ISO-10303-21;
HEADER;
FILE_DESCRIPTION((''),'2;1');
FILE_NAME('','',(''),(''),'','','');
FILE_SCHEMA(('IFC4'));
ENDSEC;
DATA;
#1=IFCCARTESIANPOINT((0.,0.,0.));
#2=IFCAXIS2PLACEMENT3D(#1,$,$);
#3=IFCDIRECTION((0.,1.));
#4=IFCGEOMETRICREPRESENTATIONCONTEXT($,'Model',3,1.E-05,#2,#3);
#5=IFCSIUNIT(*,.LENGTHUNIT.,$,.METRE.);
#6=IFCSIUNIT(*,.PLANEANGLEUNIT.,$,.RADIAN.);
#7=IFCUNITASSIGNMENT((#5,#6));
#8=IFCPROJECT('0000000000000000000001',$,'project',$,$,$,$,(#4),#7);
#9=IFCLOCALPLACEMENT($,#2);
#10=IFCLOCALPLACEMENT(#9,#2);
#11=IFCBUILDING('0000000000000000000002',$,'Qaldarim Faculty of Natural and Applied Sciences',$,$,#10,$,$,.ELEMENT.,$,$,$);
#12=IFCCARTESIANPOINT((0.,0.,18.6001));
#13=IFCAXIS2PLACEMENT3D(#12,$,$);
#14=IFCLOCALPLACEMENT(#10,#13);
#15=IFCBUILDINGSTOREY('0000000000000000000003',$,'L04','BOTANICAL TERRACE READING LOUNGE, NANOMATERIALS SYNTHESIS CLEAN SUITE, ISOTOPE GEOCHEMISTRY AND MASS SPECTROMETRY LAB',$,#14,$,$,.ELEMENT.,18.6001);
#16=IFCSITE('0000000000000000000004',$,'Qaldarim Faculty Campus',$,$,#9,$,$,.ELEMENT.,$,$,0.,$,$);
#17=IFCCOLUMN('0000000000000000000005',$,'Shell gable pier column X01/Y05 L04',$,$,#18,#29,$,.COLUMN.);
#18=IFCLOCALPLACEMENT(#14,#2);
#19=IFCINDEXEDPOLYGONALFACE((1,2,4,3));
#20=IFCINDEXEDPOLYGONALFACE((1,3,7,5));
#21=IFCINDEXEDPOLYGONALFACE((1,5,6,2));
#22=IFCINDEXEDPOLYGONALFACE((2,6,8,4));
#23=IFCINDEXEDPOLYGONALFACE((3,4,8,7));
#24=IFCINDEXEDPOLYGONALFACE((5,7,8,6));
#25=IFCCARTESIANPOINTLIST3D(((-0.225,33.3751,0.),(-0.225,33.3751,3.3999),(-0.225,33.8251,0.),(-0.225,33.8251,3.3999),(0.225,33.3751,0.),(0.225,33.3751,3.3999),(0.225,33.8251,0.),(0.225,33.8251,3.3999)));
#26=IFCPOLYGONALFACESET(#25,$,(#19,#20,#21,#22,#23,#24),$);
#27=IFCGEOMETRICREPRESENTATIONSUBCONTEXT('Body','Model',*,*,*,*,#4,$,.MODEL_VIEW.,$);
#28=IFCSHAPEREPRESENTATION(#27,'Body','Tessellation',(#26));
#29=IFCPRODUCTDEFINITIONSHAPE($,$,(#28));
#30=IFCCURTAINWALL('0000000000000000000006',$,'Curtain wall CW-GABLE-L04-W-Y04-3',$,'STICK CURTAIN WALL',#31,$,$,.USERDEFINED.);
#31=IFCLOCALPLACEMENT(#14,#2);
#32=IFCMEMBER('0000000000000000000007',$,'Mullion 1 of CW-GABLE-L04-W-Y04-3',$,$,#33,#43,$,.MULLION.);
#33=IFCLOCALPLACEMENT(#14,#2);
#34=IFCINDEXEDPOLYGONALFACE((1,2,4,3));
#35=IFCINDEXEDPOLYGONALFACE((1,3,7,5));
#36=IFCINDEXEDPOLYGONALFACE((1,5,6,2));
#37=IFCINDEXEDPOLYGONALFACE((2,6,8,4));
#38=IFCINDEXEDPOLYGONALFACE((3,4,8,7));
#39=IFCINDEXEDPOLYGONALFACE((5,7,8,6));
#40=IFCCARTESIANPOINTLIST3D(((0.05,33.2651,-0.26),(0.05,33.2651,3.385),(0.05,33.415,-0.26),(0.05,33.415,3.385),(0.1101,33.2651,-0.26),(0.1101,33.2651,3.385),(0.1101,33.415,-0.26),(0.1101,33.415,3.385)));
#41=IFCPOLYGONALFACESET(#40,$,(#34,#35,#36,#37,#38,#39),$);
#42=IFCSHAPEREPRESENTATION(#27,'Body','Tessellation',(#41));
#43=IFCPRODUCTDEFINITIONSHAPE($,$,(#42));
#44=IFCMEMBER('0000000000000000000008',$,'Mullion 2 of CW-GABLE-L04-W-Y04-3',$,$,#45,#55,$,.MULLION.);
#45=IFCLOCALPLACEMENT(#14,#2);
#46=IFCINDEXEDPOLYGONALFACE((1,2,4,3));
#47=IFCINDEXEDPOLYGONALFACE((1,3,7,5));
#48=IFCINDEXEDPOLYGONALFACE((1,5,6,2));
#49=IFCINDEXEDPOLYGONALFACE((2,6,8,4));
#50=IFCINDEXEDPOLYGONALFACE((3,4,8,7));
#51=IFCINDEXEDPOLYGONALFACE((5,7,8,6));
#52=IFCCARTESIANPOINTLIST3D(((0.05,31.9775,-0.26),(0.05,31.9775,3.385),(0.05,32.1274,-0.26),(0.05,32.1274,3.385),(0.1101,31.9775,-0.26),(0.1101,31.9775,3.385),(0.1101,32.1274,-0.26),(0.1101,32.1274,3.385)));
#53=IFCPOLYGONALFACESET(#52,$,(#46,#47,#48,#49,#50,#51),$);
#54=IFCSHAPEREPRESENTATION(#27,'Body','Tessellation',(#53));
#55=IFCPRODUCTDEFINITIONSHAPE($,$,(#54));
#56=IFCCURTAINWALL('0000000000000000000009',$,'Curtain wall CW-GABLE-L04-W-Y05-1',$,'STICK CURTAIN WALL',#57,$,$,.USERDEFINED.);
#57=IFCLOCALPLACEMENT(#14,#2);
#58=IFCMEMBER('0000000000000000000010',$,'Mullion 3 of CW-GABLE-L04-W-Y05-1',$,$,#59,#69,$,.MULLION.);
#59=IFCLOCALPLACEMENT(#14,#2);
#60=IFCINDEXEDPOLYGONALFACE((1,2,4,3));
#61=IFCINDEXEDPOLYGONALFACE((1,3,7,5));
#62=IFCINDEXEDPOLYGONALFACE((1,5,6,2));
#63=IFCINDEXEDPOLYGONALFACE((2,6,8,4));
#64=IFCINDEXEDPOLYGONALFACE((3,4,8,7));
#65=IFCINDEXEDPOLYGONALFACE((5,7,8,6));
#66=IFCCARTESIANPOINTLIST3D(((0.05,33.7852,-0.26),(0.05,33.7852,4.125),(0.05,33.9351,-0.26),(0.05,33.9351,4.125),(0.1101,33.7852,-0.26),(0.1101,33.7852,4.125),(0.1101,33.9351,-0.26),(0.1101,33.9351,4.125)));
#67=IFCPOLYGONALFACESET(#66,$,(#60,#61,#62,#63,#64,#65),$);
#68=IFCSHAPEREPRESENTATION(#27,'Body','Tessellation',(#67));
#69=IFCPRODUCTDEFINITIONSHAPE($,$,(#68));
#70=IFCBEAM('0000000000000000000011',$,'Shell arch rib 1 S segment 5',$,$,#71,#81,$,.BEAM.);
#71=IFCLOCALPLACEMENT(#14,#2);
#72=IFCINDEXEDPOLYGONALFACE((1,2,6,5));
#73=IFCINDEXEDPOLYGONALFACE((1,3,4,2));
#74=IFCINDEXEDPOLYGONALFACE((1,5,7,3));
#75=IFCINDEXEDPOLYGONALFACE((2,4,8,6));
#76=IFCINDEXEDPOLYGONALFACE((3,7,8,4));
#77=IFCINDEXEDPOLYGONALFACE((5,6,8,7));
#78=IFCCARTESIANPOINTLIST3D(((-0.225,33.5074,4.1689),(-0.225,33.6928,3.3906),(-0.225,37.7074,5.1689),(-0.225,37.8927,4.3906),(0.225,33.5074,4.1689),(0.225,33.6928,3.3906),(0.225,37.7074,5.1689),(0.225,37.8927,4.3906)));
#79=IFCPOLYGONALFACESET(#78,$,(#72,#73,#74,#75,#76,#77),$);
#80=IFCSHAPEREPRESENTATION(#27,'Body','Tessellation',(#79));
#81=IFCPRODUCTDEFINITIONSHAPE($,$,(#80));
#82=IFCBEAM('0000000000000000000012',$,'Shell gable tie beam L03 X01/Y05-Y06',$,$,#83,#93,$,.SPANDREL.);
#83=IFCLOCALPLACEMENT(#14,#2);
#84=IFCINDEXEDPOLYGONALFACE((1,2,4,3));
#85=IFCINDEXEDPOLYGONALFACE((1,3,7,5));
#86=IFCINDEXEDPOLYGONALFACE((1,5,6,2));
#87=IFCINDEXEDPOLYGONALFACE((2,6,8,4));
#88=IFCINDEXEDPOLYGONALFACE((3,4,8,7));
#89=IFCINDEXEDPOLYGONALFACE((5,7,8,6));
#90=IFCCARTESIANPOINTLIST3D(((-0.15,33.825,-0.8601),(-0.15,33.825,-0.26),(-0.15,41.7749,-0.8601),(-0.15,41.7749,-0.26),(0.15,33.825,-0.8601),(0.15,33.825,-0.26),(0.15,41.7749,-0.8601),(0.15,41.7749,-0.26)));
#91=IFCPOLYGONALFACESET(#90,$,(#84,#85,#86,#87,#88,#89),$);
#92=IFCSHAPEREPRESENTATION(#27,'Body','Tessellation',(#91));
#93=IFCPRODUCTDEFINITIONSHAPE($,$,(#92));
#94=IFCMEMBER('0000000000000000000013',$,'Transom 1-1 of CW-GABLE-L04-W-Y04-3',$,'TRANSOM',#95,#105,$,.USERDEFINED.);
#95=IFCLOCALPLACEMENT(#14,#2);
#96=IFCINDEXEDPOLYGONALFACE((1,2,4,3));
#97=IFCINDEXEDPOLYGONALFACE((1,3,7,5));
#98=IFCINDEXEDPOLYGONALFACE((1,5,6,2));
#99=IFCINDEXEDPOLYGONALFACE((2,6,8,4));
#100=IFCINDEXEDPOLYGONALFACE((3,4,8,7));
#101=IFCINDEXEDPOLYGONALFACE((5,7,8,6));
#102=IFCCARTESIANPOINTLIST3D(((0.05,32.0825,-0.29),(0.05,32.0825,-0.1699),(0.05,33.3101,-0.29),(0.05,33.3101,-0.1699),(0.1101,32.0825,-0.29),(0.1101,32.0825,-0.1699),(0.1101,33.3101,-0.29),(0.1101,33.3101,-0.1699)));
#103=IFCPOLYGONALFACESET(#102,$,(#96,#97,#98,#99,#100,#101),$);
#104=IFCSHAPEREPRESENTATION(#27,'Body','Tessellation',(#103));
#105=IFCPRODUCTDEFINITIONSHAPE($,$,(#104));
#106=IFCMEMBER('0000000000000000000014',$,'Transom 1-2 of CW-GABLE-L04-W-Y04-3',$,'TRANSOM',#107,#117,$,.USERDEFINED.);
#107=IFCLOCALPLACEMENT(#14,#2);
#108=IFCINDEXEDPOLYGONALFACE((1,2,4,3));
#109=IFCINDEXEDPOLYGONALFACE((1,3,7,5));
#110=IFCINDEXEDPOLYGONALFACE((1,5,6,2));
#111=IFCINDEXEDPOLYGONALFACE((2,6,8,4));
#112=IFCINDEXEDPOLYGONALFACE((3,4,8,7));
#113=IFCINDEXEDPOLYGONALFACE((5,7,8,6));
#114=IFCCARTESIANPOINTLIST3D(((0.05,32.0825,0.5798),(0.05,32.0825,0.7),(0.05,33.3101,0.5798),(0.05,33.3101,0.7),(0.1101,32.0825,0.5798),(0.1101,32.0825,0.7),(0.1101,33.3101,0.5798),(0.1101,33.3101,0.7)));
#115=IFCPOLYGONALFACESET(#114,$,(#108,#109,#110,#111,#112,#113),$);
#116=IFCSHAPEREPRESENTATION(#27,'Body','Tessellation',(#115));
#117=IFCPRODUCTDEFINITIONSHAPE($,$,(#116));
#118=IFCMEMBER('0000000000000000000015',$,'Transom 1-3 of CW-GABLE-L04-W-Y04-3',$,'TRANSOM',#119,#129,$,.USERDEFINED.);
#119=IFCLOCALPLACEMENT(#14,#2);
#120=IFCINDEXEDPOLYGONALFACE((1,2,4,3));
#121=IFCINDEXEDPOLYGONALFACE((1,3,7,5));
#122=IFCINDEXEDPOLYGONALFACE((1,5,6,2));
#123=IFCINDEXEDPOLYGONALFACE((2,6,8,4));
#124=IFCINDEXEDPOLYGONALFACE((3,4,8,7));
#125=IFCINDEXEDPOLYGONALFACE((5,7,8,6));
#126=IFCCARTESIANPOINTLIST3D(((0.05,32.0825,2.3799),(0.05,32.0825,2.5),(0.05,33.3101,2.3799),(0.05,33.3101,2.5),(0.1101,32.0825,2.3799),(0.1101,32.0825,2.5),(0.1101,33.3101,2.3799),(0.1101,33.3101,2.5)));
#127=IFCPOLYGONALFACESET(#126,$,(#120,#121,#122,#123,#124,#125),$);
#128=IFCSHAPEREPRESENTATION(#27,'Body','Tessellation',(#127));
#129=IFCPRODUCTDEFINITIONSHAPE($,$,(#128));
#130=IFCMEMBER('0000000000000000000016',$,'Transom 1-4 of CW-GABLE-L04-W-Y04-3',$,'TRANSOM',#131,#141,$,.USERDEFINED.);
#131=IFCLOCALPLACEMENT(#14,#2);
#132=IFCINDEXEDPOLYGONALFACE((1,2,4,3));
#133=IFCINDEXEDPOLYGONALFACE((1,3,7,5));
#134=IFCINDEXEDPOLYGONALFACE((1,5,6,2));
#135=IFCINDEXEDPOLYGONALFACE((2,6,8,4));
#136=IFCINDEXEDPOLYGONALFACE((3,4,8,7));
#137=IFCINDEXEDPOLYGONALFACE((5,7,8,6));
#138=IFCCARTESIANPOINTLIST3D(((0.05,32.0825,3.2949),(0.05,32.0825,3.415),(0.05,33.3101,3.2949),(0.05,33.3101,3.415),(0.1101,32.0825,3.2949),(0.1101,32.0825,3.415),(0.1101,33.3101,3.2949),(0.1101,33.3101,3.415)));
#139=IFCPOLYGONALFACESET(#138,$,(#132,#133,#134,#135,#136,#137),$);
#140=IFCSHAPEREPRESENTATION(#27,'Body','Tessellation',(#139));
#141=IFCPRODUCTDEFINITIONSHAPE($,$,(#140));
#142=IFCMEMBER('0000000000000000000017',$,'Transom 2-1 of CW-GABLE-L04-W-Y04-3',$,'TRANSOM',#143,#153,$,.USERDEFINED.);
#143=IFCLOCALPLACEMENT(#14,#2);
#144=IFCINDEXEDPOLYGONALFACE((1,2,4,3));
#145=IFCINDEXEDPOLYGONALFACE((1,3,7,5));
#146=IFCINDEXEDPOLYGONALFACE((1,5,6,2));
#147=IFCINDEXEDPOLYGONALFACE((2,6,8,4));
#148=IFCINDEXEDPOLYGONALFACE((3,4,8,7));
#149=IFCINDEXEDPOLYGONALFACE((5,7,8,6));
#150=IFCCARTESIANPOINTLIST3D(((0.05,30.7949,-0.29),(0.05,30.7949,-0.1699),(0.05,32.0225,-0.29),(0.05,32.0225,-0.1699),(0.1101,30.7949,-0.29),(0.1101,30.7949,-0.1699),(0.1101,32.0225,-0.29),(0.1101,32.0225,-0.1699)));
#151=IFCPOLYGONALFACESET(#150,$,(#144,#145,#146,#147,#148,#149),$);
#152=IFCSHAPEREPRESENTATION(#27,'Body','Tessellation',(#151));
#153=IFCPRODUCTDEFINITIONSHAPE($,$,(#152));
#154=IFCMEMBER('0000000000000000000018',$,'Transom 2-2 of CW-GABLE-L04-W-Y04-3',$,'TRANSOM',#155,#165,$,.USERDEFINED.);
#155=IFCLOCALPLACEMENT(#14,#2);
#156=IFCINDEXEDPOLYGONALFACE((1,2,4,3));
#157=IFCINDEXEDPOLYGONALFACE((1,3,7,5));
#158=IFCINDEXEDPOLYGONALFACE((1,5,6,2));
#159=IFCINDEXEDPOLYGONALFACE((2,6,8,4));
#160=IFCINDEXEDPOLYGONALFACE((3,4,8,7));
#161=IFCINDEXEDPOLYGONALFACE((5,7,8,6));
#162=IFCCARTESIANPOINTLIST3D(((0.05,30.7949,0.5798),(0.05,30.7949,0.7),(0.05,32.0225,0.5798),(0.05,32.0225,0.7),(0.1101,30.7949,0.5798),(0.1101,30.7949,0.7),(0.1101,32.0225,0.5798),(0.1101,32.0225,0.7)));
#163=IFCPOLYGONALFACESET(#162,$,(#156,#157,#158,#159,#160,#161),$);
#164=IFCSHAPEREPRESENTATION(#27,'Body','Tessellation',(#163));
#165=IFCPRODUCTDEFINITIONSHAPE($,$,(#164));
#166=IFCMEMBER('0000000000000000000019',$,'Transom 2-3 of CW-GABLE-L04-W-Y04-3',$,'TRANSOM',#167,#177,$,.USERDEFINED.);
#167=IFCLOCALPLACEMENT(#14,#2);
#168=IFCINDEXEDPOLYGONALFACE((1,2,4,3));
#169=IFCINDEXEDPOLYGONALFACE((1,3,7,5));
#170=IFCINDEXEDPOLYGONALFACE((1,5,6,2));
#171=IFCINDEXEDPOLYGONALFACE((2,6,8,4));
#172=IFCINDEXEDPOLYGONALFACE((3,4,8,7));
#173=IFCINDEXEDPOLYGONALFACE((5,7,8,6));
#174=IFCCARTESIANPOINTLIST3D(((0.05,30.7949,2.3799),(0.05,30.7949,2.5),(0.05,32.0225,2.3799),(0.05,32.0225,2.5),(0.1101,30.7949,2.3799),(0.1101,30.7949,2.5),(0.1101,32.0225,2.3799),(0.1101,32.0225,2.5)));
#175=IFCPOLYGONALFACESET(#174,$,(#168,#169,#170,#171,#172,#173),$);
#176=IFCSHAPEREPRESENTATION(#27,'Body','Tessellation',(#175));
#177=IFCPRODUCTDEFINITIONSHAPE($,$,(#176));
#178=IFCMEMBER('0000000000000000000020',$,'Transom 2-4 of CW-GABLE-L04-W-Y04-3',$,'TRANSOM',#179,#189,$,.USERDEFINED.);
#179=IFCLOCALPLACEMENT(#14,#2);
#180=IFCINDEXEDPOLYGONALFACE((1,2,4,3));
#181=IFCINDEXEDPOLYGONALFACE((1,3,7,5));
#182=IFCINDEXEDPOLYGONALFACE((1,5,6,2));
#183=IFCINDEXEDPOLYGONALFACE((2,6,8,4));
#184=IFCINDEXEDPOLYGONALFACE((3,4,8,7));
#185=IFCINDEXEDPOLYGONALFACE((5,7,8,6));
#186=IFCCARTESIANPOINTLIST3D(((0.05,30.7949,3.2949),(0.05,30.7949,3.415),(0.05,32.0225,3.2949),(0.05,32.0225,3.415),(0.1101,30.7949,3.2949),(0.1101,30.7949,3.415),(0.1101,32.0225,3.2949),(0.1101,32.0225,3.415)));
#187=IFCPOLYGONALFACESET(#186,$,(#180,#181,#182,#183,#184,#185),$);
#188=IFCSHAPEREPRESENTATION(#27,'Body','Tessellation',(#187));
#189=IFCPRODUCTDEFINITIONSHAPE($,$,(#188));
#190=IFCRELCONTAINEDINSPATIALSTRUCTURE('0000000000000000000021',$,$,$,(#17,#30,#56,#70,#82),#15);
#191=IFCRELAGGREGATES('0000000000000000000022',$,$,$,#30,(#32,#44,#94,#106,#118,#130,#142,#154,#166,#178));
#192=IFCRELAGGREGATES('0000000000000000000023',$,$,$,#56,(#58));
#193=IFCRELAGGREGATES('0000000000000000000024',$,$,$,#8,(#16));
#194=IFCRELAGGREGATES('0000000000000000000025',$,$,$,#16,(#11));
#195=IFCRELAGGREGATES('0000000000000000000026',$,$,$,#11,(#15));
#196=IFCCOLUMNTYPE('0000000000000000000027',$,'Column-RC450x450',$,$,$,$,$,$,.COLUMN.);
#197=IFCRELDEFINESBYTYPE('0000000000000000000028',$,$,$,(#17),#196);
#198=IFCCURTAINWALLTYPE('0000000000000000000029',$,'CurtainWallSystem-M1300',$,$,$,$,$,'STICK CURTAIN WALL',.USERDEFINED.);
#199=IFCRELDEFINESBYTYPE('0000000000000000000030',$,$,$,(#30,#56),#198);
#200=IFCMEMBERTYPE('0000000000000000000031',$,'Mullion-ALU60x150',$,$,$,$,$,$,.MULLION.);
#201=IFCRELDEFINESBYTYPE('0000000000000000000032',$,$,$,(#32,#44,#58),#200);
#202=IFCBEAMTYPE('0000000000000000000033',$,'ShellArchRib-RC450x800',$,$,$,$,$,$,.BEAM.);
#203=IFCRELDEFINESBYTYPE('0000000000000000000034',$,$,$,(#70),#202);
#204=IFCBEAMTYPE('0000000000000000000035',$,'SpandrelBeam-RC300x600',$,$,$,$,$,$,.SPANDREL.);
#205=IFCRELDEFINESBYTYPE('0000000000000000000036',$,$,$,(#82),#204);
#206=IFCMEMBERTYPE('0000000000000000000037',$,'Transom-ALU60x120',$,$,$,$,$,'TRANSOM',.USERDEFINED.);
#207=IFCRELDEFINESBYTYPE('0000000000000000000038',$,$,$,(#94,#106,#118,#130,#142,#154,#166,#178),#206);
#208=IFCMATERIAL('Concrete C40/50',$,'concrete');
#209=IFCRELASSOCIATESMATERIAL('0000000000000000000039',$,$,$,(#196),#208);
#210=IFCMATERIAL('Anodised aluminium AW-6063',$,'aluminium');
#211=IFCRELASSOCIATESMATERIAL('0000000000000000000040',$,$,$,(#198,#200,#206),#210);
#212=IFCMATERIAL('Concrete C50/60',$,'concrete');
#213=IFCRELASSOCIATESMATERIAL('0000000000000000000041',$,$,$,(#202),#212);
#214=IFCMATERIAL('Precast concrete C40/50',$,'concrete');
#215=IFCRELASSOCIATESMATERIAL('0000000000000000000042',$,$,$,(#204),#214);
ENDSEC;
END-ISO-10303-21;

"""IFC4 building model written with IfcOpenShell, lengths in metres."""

from ifc_helpers import new_model, si_unit, direction, frame, origin, origin_2d, place, context, subcontext, project, spatial, rectangle, extrude, material, material_profile, profile_set, type_object, element, aggregate, save


model = new_model("IFC4")

# Units and contexts
model_context = context("Model", 3, precision=1e-05, world=origin(), true_north=direction((0.0, 1.0)))
body_context = subcontext(model_context, "Body", "Model", "MODEL_VIEW")
ifc_project = project(units=[si_unit("LENGTHUNIT", "METRE"), si_unit("PLANEANGLEUNIT", "RADIAN")], contexts=[model_context])

# Site, building, storey
site_placement = place(None, origin())
site = spatial("IfcSite", under=ifc_project, at=site_placement, Name="Qaldarim Faculty Campus", CompositionType="ELEMENT", RefElevation=0.0)
building_placement = place(site_placement, origin())
building = spatial("IfcBuilding", under=site, at=building_placement, Name="Qaldarim Faculty of Natural and Applied Sciences", CompositionType="ELEMENT")
storey_placement = place(building_placement, frame((0.0, 0.0, 18.6001)))
storey = spatial("IfcBuildingStorey", under=building, at=storey_placement, Name="L04", Description="BOTANICAL TERRACE READING LOUNGE, NANOMATERIALS SYNTHESIS CLEAN SUITE, ISOTOPE GEOCHEMISTRY AND MASS SPECTROMETRY LAB", CompositionType="ELEMENT", Elevation=18.6001)

# Column
ifc_material_1 = material(Name="Concrete C40/50", Category="concrete")
ifc_material_profile_1 = material_profile(ifc_material_1, rectangle(XDim=0.45, YDim=0.45, at=origin_2d()), Name="RC-C450x450")
ifc_profile_set_1 = profile_set([ifc_material_profile_1], Name="Concrete C40/50")
column_type = type_object("IfcColumnType", Name="Column-RC450x450", PredefinedType="COLUMN", material=ifc_profile_set_1)
column_placement = place(storey_placement, frame((0.0, 33.6001, 0.0), z_axis=(0.0, 0.0, 1.0), x_axis=(1.0, 0.0, 0.0)))
element("IfcColumn", 1, at=column_placement, inside=storey, type_object=column_type, Name="Shell gable pier column X01/Y05 L04", PredefinedType="COLUMN", context=body_context, shape_type="SweptSolid", body=[
    extrude(rectangle(XDim=0.45, YDim=0.45, at=origin_2d()), origin(), (0.0, 0.0, 1.0), 3.3999),
])

# Curtain wall, members
ifc_material_2 = material(Name="Anodised aluminium AW-6063", Category="aluminium")
curtain_wall_type = type_object("IfcCurtainWallType", Name="CurtainWallSystem-M1300", ElementType="STICK CURTAIN WALL", PredefinedType="USERDEFINED", material=ifc_material_2)
curtain_wall_1_placement = place(storey_placement, origin())
curtain_wall_1 = element("IfcCurtainWall", 2, at=curtain_wall_1_placement, inside=storey, type_object=curtain_wall_type, Name="Curtain wall CW-GABLE-L04-W-Y04-3", ObjectType="STICK CURTAIN WALL", PredefinedType="USERDEFINED")
ifc_material_profile_2 = material_profile(ifc_material_2, rectangle(XDim=0.0601, YDim=0.1499, at=origin_2d()), Name="ALU-M60x150")
ifc_profile_set_2 = profile_set([ifc_material_profile_2], Name="Anodised aluminium AW-6063")
member_type_1 = type_object("IfcMemberType", Name="Mullion-ALU60x150", PredefinedType="MULLION", material=ifc_profile_set_2)
member_1_placement = place(storey_placement, frame((0.0801, 33.3401, -0.26), z_axis=(0.0, 0.0, 1.0), x_axis=(1.0, 0.0, 0.0)))
member_1 = element("IfcMember", 3, at=member_1_placement, type_object=member_type_1, Name="Mullion 1 of CW-GABLE-L04-W-Y04-3", PredefinedType="MULLION", context=body_context, shape_type="SweptSolid", body=[
    extrude(rectangle(XDim=0.0601, YDim=0.1499, at=origin_2d()), origin(), (0.0, 0.0, 1.0), 3.645),
])
member_2_placement = place(storey_placement, frame((0.0801, 32.0525, -0.26), z_axis=(0.0, 0.0, 1.0), x_axis=(1.0, 0.0, 0.0)))
member_2 = element("IfcMember", 4, at=member_2_placement, type_object=member_type_1, Name="Mullion 2 of CW-GABLE-L04-W-Y04-3", PredefinedType="MULLION", context=body_context, shape_type="SweptSolid", body=[
    extrude(rectangle(XDim=0.0601, YDim=0.1499, at=origin_2d()), origin(), (0.0, 0.0, 1.0), 3.645),
])

# Curtain wall, member
curtain_wall_2_placement = place(storey_placement, origin())
curtain_wall_2 = element("IfcCurtainWall", 5, at=curtain_wall_2_placement, inside=storey, type_object=curtain_wall_type, Name="Curtain wall CW-GABLE-L04-W-Y05-1", ObjectType="STICK CURTAIN WALL", PredefinedType="USERDEFINED")
member_3_placement = place(storey_placement, frame((0.0801, 33.8601, -0.26), z_axis=(0.0, 0.0, 1.0), x_axis=(1.0, 0.0, 0.0)))
member_3 = element("IfcMember", 6, at=member_3_placement, type_object=member_type_1, Name="Mullion 3 of CW-GABLE-L04-W-Y05-1", PredefinedType="MULLION", context=body_context, shape_type="SweptSolid", body=[
    extrude(rectangle(XDim=0.0601, YDim=0.1499, at=origin_2d()), origin(), (0.0, 0.0, 1.0), 4.385),
])

# Beams
ifc_material_3 = material(Name="Concrete C50/60", Category="concrete")
ifc_material_profile_3 = material_profile(ifc_material_3, rectangle(XDim=0.45, YDim=0.8, at=origin_2d()), Name="RC-RIB450x800")
ifc_profile_set_3 = profile_set([ifc_material_profile_3], Name="Concrete C50/60")
beam_type_1 = type_object("IfcBeamType", Name="ShellArchRib-RC450x800", PredefinedType="BEAM", material=ifc_profile_set_3)
beam_1_placement = place(storey_placement, frame((0.0, 33.6001, 3.7798), z_axis=(0.0, 0.972806, 0.231623), x_axis=(-1.0, 0.0, 0.0)))
element("IfcBeam", 7, at=beam_1_placement, inside=storey, type_object=beam_type_1, Name="Shell arch rib 1 S segment 5", PredefinedType="BEAM", context=body_context, shape_type="SweptSolid", body=[
    extrude(rectangle(XDim=0.45, YDim=0.8, at=origin_2d()), origin(), (0.0, 0.0, 1.0), 4.3174),
])
ifc_material_4 = material(Name="Precast concrete C40/50", Category="concrete")
ifc_material_profile_4 = material_profile(ifc_material_4, rectangle(XDim=0.3, YDim=0.6001, at=origin_2d()), Name="RC-SP300x600")
ifc_profile_set_4 = profile_set([ifc_material_profile_4], Name="Precast concrete C40/50")
beam_type_2 = type_object("IfcBeamType", Name="SpandrelBeam-RC300x600", PredefinedType="SPANDREL", material=ifc_profile_set_4)
beam_2_placement = place(storey_placement, frame((0.0, 33.825, -0.5601), z_axis=(0.0, 1.0, 0.0), x_axis=(-1.0, 0.0, 0.0)))
element("IfcBeam", 8, at=beam_2_placement, inside=storey, type_object=beam_type_2, Name="Shell gable tie beam L03 X01/Y05-Y06", PredefinedType="SPANDREL", context=body_context, shape_type="SweptSolid", body=[
    extrude(rectangle(XDim=0.3, YDim=0.6001, at=origin_2d()), origin(), (0.0, 0.0, 1.0), 7.95),
])

# Members
ifc_material_profile_5 = material_profile(ifc_material_2, rectangle(XDim=0.0601, YDim=0.1201, at=origin_2d()), Name="ALU-T60x120")
ifc_profile_set_5 = profile_set([ifc_material_profile_5], Name="Anodised aluminium AW-6063")
member_type_2 = type_object("IfcMemberType", Name="Transom-ALU60x120", ElementType="TRANSOM", PredefinedType="USERDEFINED", material=ifc_profile_set_5)
member_4_placement = place(storey_placement, frame((0.0801, 33.3101, -0.23), z_axis=(0.0, -1.0, 0.0), x_axis=(1.0, 0.0, 0.0)))
member_4 = element("IfcMember", 9, at=member_4_placement, type_object=member_type_2, Name="Transom 1-1 of CW-GABLE-L04-W-Y04-3", ObjectType="TRANSOM", PredefinedType="USERDEFINED", context=body_context, shape_type="SweptSolid", body=[
    extrude(rectangle(XDim=0.0601, YDim=0.1201, at=origin_2d()), origin(), (0.0, 0.0, 1.0), 1.2275),
])
member_5_placement = place(storey_placement, frame((0.0801, 33.3101, 0.6399), z_axis=(0.0, -1.0, 0.0), x_axis=(1.0, 0.0, 0.0)))
member_5 = element("IfcMember", 10, at=member_5_placement, type_object=member_type_2, Name="Transom 1-2 of CW-GABLE-L04-W-Y04-3", ObjectType="TRANSOM", PredefinedType="USERDEFINED", context=body_context, shape_type="SweptSolid", body=[
    extrude(rectangle(XDim=0.0601, YDim=0.1201, at=origin_2d()), origin(), (0.0, 0.0, 1.0), 1.2275),
])
member_6_placement = place(storey_placement, frame((0.0801, 33.3101, 2.4399), z_axis=(0.0, -1.0, 0.0), x_axis=(1.0, 0.0, 0.0)))
member_6 = element("IfcMember", 11, at=member_6_placement, type_object=member_type_2, Name="Transom 1-3 of CW-GABLE-L04-W-Y04-3", ObjectType="TRANSOM", PredefinedType="USERDEFINED", context=body_context, shape_type="SweptSolid", body=[
    extrude(rectangle(XDim=0.0601, YDim=0.1201, at=origin_2d()), origin(), (0.0, 0.0, 1.0), 1.2275),
])
member_7_placement = place(storey_placement, frame((0.0801, 33.3101, 3.355), z_axis=(0.0, -1.0, 0.0), x_axis=(1.0, 0.0, 0.0)))
member_7 = element("IfcMember", 12, at=member_7_placement, type_object=member_type_2, Name="Transom 1-4 of CW-GABLE-L04-W-Y04-3", ObjectType="TRANSOM", PredefinedType="USERDEFINED", context=body_context, shape_type="SweptSolid", body=[
    extrude(rectangle(XDim=0.0601, YDim=0.1201, at=origin_2d()), origin(), (0.0, 0.0, 1.0), 1.2275),
])
member_8_placement = place(storey_placement, frame((0.0801, 32.0225, -0.23), z_axis=(0.0, -1.0, 0.0), x_axis=(1.0, 0.0, 0.0)))
member_8 = element("IfcMember", 13, at=member_8_placement, type_object=member_type_2, Name="Transom 2-1 of CW-GABLE-L04-W-Y04-3", ObjectType="TRANSOM", PredefinedType="USERDEFINED", context=body_context, shape_type="SweptSolid", body=[
    extrude(rectangle(XDim=0.0601, YDim=0.1201, at=origin_2d()), origin(), (0.0, 0.0, 1.0), 1.2275),
])
member_9_placement = place(storey_placement, frame((0.0801, 32.0225, 0.6399), z_axis=(0.0, -1.0, 0.0), x_axis=(1.0, 0.0, 0.0)))
member_9 = element("IfcMember", 14, at=member_9_placement, type_object=member_type_2, Name="Transom 2-2 of CW-GABLE-L04-W-Y04-3", ObjectType="TRANSOM", PredefinedType="USERDEFINED", context=body_context, shape_type="SweptSolid", body=[
    extrude(rectangle(XDim=0.0601, YDim=0.1201, at=origin_2d()), origin(), (0.0, 0.0, 1.0), 1.2275),
])
member_10_placement = place(storey_placement, frame((0.0801, 32.0225, 2.4399), z_axis=(0.0, -1.0, 0.0), x_axis=(1.0, 0.0, 0.0)))
member_10 = element("IfcMember", 15, at=member_10_placement, type_object=member_type_2, Name="Transom 2-3 of CW-GABLE-L04-W-Y04-3", ObjectType="TRANSOM", PredefinedType="USERDEFINED", context=body_context, shape_type="SweptSolid", body=[
    extrude(rectangle(XDim=0.0601, YDim=0.1201, at=origin_2d()), origin(), (0.0, 0.0, 1.0), 1.2275),
])
member_11_placement = place(storey_placement, frame((0.0801, 32.0225, 3.355), z_axis=(0.0, -1.0, 0.0), x_axis=(1.0, 0.0, 0.0)))
member_11 = element("IfcMember", 16, at=member_11_placement, type_object=member_type_2, Name="Transom 2-4 of CW-GABLE-L04-W-Y04-3", ObjectType="TRANSOM", PredefinedType="USERDEFINED", context=body_context, shape_type="SweptSolid", body=[
    extrude(rectangle(XDim=0.0601, YDim=0.1201, at=origin_2d()), origin(), (0.0, 0.0, 1.0), 1.2275),
])

aggregate(curtain_wall_1, [member_1, member_2, member_4, member_5, member_6, member_7, member_8, member_9, member_10, member_11])
aggregate(curtain_wall_2, [member_3])

save(model, "model.ifc")
